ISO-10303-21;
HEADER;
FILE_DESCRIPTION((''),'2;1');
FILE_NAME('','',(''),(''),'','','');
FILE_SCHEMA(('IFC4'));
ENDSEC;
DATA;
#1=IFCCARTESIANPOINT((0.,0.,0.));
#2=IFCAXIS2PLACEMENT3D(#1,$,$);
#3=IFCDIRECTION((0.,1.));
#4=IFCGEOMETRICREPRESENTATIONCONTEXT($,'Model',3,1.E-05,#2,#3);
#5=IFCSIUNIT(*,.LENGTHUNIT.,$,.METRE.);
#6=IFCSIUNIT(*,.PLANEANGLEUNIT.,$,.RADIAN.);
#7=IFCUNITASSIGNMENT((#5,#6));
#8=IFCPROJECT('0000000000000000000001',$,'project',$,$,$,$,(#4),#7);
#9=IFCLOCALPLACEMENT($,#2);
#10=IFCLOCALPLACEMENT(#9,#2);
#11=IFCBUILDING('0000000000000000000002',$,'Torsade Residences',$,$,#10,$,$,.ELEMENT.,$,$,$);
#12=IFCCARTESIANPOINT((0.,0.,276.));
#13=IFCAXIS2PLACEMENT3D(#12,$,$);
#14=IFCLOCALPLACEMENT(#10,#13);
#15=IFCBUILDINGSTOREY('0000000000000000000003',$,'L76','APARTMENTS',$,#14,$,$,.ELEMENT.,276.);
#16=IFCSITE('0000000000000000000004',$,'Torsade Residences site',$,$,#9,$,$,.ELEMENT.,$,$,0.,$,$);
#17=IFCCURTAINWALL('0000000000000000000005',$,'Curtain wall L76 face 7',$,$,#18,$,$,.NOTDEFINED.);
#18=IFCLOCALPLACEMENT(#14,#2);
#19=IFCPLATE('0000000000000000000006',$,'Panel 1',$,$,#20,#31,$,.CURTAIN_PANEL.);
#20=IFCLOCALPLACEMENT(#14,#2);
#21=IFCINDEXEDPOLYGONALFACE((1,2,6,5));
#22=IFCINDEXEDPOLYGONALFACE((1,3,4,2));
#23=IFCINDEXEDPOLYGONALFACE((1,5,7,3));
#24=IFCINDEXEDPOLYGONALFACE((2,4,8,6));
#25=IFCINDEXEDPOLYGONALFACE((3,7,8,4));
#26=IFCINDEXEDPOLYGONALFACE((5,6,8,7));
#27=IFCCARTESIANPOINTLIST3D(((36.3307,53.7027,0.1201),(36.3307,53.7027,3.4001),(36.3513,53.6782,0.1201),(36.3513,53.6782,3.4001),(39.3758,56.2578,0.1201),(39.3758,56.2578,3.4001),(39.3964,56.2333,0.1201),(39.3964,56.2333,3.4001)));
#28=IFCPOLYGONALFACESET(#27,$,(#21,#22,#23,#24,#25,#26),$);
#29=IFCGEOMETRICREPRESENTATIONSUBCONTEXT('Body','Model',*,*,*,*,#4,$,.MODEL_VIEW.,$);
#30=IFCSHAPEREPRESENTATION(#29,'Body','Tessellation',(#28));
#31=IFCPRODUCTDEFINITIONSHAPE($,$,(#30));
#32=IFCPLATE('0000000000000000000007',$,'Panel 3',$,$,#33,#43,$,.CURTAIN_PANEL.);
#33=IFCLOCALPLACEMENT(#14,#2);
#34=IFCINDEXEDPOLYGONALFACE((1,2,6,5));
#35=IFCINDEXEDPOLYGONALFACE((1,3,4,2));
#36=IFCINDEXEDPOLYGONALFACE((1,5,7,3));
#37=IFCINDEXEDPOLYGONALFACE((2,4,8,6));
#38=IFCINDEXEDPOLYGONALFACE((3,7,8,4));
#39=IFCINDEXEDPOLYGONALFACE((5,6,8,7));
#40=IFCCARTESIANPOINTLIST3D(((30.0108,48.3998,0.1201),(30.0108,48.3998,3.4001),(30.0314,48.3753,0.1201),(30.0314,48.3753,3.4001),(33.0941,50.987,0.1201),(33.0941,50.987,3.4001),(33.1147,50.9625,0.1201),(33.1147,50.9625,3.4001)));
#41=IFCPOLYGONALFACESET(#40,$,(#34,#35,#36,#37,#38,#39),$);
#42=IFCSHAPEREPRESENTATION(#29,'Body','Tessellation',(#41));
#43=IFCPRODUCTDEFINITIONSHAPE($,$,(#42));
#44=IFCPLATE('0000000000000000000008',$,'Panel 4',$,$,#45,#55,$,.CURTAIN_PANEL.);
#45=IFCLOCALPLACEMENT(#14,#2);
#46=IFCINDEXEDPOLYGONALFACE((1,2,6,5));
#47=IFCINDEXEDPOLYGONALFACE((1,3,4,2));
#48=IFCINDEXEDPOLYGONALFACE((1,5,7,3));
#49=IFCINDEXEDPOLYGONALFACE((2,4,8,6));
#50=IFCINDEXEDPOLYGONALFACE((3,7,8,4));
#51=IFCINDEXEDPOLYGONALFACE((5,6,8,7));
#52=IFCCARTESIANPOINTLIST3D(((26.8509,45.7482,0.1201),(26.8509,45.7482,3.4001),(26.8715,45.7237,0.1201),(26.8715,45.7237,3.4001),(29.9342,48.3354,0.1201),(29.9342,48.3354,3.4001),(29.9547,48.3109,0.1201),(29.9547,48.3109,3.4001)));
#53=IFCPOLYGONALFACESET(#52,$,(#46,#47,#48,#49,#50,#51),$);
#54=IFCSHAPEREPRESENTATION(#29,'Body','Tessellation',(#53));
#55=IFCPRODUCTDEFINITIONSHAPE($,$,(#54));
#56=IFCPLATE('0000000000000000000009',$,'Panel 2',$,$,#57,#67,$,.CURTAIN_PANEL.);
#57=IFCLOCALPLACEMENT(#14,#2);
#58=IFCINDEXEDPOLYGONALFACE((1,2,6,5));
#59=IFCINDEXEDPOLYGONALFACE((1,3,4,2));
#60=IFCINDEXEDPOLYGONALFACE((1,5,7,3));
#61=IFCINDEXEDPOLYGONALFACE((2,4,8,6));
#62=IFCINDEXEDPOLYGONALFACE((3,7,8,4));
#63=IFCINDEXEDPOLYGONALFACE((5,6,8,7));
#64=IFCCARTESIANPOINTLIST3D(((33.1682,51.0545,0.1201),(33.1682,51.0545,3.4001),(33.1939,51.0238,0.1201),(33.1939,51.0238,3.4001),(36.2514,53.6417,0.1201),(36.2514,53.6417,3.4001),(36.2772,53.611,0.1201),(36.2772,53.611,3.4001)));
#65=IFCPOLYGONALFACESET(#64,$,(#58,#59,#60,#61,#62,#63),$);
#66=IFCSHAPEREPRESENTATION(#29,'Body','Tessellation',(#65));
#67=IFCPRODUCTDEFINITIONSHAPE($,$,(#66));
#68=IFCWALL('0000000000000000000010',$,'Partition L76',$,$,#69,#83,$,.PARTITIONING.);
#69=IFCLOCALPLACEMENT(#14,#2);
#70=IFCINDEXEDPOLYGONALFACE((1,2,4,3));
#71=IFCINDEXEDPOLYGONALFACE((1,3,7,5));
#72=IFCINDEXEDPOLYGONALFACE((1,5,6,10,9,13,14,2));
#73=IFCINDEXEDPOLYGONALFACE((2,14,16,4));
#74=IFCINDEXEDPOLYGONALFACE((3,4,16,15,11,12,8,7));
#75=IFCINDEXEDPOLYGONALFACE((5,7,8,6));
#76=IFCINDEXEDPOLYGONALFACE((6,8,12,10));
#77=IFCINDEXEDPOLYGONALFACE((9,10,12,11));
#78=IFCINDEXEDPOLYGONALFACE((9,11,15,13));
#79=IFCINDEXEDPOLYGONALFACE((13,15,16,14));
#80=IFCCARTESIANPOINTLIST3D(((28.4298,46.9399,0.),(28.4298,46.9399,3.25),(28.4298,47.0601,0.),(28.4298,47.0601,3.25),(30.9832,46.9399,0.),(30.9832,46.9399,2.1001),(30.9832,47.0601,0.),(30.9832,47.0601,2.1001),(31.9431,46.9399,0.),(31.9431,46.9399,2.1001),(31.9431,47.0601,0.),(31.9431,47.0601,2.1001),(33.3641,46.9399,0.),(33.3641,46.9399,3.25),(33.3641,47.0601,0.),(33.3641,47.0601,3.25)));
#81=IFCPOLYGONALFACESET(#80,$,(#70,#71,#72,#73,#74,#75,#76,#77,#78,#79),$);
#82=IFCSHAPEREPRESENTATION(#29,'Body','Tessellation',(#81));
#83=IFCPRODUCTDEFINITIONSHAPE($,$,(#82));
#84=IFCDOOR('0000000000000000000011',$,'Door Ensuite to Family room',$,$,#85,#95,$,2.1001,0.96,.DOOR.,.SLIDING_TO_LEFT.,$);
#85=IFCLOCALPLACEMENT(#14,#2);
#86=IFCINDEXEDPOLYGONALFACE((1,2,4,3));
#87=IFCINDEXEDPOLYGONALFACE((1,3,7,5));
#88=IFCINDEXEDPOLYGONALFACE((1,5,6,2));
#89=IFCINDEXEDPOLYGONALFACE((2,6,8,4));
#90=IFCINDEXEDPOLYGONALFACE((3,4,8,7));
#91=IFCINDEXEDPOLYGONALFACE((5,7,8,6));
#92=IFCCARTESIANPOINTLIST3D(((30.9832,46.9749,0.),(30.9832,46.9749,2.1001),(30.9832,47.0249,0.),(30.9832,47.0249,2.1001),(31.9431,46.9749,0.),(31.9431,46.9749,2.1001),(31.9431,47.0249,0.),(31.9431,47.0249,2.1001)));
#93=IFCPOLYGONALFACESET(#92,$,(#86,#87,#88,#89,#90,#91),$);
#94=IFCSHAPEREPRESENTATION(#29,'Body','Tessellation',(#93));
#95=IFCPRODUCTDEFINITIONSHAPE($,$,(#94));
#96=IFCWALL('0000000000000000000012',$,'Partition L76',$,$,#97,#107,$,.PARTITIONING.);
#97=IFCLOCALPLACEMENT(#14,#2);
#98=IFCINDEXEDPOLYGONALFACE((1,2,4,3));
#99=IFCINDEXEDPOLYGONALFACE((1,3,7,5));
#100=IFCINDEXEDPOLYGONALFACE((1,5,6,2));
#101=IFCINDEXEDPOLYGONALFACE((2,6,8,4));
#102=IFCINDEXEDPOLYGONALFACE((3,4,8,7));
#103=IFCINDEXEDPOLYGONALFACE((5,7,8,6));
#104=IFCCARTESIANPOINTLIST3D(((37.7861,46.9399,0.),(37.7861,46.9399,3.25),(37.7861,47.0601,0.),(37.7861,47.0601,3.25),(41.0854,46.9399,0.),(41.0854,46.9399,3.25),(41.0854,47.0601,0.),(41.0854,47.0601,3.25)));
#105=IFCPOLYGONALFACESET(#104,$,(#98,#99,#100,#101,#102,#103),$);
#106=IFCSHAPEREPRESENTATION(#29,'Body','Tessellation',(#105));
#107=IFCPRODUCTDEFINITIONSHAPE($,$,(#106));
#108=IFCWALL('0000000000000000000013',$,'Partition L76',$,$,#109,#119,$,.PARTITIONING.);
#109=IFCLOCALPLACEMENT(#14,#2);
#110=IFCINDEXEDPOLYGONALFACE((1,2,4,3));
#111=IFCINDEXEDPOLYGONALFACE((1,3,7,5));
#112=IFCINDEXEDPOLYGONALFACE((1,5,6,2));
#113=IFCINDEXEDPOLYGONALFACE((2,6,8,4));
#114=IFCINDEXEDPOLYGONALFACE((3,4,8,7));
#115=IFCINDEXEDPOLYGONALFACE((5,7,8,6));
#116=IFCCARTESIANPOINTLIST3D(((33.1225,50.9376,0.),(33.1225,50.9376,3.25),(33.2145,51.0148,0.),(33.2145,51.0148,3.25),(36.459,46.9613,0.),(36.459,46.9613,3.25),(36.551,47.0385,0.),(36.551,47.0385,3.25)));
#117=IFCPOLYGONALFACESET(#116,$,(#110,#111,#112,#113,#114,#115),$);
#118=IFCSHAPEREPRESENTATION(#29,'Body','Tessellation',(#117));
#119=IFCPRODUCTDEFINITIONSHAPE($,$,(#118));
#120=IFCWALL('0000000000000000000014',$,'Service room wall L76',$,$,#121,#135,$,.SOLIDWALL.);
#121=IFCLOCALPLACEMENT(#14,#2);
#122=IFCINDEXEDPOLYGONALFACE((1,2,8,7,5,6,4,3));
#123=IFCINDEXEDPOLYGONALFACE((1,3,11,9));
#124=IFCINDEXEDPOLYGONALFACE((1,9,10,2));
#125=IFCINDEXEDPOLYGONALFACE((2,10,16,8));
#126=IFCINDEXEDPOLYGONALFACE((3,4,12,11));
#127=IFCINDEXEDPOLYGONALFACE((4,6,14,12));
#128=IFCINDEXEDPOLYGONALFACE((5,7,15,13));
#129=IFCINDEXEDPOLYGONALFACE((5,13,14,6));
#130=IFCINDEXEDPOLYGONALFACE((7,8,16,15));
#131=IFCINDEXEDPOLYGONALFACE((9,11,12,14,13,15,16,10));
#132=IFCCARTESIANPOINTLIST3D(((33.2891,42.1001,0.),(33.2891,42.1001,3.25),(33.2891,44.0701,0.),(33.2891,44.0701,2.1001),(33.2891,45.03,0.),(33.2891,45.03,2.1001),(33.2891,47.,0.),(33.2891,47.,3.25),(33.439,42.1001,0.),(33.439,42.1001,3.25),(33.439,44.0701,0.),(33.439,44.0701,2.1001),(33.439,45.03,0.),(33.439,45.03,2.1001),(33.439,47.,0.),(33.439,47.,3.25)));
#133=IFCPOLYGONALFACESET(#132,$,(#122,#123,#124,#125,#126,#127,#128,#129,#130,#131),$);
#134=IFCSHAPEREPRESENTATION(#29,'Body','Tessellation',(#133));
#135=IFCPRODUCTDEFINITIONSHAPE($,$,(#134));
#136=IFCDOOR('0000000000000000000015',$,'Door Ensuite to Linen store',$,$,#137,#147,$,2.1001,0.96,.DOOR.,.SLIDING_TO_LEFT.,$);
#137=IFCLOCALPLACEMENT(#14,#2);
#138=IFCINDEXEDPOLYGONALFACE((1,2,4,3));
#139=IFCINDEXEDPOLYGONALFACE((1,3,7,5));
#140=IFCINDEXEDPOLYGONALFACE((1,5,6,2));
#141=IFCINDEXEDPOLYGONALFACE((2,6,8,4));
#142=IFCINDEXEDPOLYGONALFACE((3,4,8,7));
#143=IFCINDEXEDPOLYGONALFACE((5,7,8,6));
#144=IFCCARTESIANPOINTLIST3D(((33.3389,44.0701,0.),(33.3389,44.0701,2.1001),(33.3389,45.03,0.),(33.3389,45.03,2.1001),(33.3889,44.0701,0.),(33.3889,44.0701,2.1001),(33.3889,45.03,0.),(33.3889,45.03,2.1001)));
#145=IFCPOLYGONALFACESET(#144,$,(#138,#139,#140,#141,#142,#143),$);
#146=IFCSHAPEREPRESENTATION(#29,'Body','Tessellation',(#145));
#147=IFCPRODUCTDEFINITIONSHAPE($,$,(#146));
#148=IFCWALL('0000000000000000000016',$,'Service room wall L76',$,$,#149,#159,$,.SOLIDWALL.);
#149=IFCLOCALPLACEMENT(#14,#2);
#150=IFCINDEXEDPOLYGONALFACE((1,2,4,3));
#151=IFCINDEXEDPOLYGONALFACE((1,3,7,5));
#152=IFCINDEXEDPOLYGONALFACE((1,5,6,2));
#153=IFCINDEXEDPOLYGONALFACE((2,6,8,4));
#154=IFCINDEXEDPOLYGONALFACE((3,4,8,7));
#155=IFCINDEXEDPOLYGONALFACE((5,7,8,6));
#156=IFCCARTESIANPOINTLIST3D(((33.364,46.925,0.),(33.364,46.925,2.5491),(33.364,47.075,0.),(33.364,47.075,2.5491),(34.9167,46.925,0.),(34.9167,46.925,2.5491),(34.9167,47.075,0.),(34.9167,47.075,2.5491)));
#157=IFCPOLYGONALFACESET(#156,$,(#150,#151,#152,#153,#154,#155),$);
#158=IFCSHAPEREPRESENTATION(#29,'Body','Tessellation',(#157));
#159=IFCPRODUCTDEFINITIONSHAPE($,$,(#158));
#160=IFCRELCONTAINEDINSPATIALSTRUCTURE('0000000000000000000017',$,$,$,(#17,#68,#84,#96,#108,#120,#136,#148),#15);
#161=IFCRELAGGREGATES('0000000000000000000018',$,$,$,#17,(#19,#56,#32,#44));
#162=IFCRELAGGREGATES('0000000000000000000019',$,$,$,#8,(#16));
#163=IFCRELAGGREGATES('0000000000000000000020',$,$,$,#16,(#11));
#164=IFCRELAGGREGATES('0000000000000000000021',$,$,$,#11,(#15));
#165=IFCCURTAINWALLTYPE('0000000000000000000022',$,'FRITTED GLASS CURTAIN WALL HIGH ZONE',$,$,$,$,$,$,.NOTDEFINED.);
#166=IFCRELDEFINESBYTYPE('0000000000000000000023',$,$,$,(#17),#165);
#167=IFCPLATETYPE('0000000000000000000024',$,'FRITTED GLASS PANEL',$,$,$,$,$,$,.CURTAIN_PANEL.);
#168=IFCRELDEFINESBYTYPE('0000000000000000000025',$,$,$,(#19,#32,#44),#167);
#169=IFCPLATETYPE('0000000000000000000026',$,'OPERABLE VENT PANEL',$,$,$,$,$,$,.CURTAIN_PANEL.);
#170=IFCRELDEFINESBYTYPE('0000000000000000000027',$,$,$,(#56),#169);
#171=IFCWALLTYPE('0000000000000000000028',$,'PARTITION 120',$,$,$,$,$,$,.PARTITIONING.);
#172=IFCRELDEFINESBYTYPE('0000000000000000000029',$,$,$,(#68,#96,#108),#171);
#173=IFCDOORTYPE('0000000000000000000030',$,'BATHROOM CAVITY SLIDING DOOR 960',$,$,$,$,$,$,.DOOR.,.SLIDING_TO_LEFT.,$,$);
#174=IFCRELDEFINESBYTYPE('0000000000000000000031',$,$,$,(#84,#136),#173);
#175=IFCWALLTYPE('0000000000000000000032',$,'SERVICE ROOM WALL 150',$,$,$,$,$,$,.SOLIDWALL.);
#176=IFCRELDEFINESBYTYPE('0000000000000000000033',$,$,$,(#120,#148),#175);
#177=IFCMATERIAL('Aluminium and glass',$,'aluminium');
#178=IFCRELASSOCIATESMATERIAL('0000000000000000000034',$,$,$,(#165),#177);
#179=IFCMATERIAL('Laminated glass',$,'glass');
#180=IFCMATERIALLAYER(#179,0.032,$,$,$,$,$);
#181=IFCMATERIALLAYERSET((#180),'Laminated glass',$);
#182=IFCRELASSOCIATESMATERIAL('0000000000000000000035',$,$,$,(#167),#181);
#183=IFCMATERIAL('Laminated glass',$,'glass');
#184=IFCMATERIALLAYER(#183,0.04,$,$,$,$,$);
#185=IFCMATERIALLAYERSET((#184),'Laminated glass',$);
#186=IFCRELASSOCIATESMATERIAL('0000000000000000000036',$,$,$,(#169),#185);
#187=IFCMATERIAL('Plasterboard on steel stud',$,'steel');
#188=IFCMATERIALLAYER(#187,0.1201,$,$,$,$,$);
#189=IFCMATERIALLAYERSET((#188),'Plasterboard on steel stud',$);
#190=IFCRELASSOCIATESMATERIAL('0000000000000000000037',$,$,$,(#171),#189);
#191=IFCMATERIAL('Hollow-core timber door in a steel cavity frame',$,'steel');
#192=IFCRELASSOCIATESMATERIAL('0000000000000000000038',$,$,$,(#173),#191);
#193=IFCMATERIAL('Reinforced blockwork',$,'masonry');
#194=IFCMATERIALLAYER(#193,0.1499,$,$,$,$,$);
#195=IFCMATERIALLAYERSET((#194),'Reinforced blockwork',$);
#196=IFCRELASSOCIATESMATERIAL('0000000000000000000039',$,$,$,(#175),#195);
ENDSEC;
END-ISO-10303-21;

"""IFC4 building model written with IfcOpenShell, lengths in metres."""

from ifc_helpers import new_model, si_unit, direction, frame, frame_2d, origin, origin_2d, place, context, subcontext, project, spatial, rectangle, extrude, material, layer, layer_set, type_object, element, fill, aggregate, save


model = new_model("IFC4")

# Units and contexts
model_context = context("Model", 3, precision=1e-05, world=origin(), true_north=direction((0.0, 1.0)))
body_context = subcontext(model_context, "Body", "Model", "MODEL_VIEW")
ifc_project = project(units=[si_unit("LENGTHUNIT", "METRE"), si_unit("PLANEANGLEUNIT", "RADIAN")], contexts=[model_context])

# Site, building, storey
site_placement = place(None, origin())
site = spatial("IfcSite", under=ifc_project, at=site_placement, Name="Torsade Residences site", CompositionType="ELEMENT", RefElevation=0.0)
building_placement = place(site_placement, origin())
building = spatial("IfcBuilding", under=site, at=building_placement, Name="Torsade Residences", CompositionType="ELEMENT")
storey_placement = place(building_placement, frame((0.0, 0.0, 276.0)))
storey = spatial("IfcBuildingStorey", under=building, at=storey_placement, Name="L76", Description="APARTMENTS", CompositionType="ELEMENT", Elevation=276.0)

# Curtain wall
ifc_material_1 = material(Name="Aluminium and glass", Category="aluminium")
curtain_wall_type = type_object("IfcCurtainWallType", Name="FRITTED GLASS CURTAIN WALL HIGH ZONE", PredefinedType="NOTDEFINED", material=ifc_material_1)
curtain_wall_placement = place(storey_placement, origin())
curtain_wall = element("IfcCurtainWall", 1, at=curtain_wall_placement, inside=storey, type_object=curtain_wall_type, Name="Curtain wall L76 face 7", PredefinedType="NOTDEFINED")

# Plates
ifc_material_2 = material(Name="Laminated glass", Category="glass")
ifc_layer_1 = layer(ifc_material_2, 0.032)
ifc_layer_set_1 = layer_set([ifc_layer_1], Name="Laminated glass")
plate_type_1 = type_object("IfcPlateType", Name="FRITTED GLASS PANEL", PredefinedType="CURTAIN_PANEL", material=ifc_layer_set_1)
plate_1_placement = place(storey_placement, frame((37.8635, 54.968, 0.1201), z_axis=(0.0, 0.0, 1.0), x_axis=(-0.766044, -0.642788, 0.0)))
plate_1 = element("IfcPlate", 2, at=plate_1_placement, type_object=plate_type_1, Name="Panel 1", PredefinedType="CURTAIN_PANEL", context=body_context, shape_type="SweptSolid", body=[
    extrude(rectangle(XDim=3.9751, YDim=0.032, at=origin_2d()), origin(), (0.0, 0.0, 1.0), 3.28),
])
plate_2_placement = place(storey_placement, frame((31.5627, 49.6812, 0.1201), z_axis=(0.0, 0.0, 1.0), x_axis=(-0.766044, -0.642788, 0.0)))
plate_2 = element("IfcPlate", 3, at=plate_2_placement, type_object=plate_type_1, Name="Panel 3", PredefinedType="CURTAIN_PANEL", context=body_context, shape_type="SweptSolid", body=[
    extrude(rectangle(XDim=4.0249, YDim=0.032, at=origin_2d()), origin(), (0.0, 0.0, 1.0), 3.28),
])
plate_3_placement = place(storey_placement, frame((28.4028, 47.0295, 0.1201), z_axis=(0.0, 0.0, 1.0), x_axis=(-0.766044, -0.642788, 0.0)))
plate_3 = element("IfcPlate", 4, at=plate_3_placement, type_object=plate_type_1, Name="Panel 4", PredefinedType="CURTAIN_PANEL", context=body_context, shape_type="SweptSolid", body=[
    extrude(rectangle(XDim=4.0249, YDim=0.032, at=origin_2d()), origin(), (0.0, 0.0, 1.0), 3.28),
])
ifc_material_3 = material(Name="Laminated glass", Category="glass")
ifc_layer_2 = layer(ifc_material_3, 0.04)
ifc_layer_set_2 = layer_set([ifc_layer_2], Name="Laminated glass")
plate_type_2 = type_object("IfcPlateType", Name="OPERABLE VENT PANEL", PredefinedType="CURTAIN_PANEL", material=ifc_layer_set_2)
plate_4_placement = place(storey_placement, frame((34.7227, 52.3328, 0.1201), z_axis=(0.0, 0.0, 1.0), x_axis=(-0.766044, -0.642788, 0.0)))
plate_4 = element("IfcPlate", 5, at=plate_4_placement, type_object=plate_type_2, Name="Panel 2", PredefinedType="CURTAIN_PANEL", context=body_context, shape_type="SweptSolid", body=[
    extrude(rectangle(XDim=4.0249, YDim=0.04, at=origin_2d()), origin(), (0.0, 0.0, 1.0), 3.28),
])
aggregate(curtain_wall, [plate_1, plate_4, plate_2, plate_3])

# Wall, opening, door
ifc_material_4 = material(Name="Plasterboard on steel stud", Category="steel")
ifc_layer_3 = layer(ifc_material_4, 0.1201)
ifc_layer_set_3 = layer_set([ifc_layer_3], Name="Plasterboard on steel stud")
wall_type_1 = type_object("IfcWallType", Name="PARTITION 120", PredefinedType="PARTITIONING", material=ifc_layer_set_3)
wall_1_placement = place(storey_placement, frame((28.4297, 47.0, 0.0), z_axis=(0.0, 0.0, 1.0), x_axis=(1.0, 0.0, 0.0)))
wall_1 = element("IfcWall", 6, at=wall_1_placement, inside=storey, type_object=wall_type_1, Name="Partition L76", PredefinedType="PARTITIONING", context=body_context, shape_type="SweptSolid", body=[
    extrude(rectangle(XDim=4.9343, YDim=0.1201, at=frame_2d((2.4673, 0.0))), origin(), (0.0, 0.0, 1.0), 3.25),
])
opening_1_placement = place(wall_1_placement, frame((2.5535, 0.0, 0.0)))
opening_1 = element("IfcOpeningElement", 7, at=opening_1_placement, cuts=wall_1, PredefinedType="OPENING", context=body_context, shape_type="SweptSolid", body=[
    extrude(rectangle(XDim=0.96, YDim=2.1001, at=frame_2d((0.48, 1.05))), frame((0.0, 0.0701, 0.0), z_axis=(0.0, -1.0, 0.0), x_axis=(1.0, 0.0, 0.0)), (0.0, 0.0, 1.0), 0.1401),
])
ifc_material_5 = material(Name="Hollow-core timber door in a steel cavity frame", Category="steel")
door_type_1 = type_object("IfcDoorType", Name="BATHROOM CAVITY SLIDING DOOR 960", OperationType="SLIDING_TO_LEFT", PredefinedType="DOOR", material=ifc_material_5)
door_1_placement = place(opening_1_placement, origin())
door_1 = element("IfcDoor", 8, at=door_1_placement, inside=storey, type_object=door_type_1, Name="Door Ensuite to Family room", OperationType="SLIDING_TO_LEFT", OverallHeight=2.1001, OverallWidth=0.96, PredefinedType="DOOR", context=body_context, shape_type="SweptSolid", body=[
    extrude(rectangle(XDim=0.96, YDim=2.1001, at=frame_2d((0.48, 1.05))), frame((0.0, 0.0249, 0.0), z_axis=(0.0, -1.0, 0.0), x_axis=(1.0, 0.0, 0.0)), (0.0, 0.0, 1.0), 0.05),
])
fill(opening_1, door_1)

# Walls
wall_2_placement = place(storey_placement, frame((37.7861, 47.0, 0.0), z_axis=(0.0, 0.0, 1.0), x_axis=(1.0, 0.0, 0.0)))
element("IfcWall", 9, at=wall_2_placement, inside=storey, type_object=wall_type_1, Name="Partition L76", PredefinedType="PARTITIONING", context=body_context, shape_type="SweptSolid", body=[
    extrude(rectangle(XDim=3.2993, YDim=0.1201, at=frame_2d((1.6497, 0.0))), origin(), (0.0, 0.0, 1.0), 3.25),
])
wall_3_placement = place(storey_placement, frame((36.5049, 47.0, 0.0), z_axis=(0.0, 0.0, 1.0), x_axis=(-0.642776, 0.766054, 0.0)))
element("IfcWall", 10, at=wall_3_placement, inside=storey, type_object=wall_type_1, Name="Partition L76", PredefinedType="PARTITIONING", context=body_context, shape_type="SweptSolid", body=[
    extrude(rectangle(XDim=5.1907, YDim=0.1201, at=frame_2d((2.5952, 0.0))), origin(), (0.0, 0.0, 1.0), 3.25),
])

# Wall, opening, door
ifc_material_6 = material(Name="Reinforced blockwork", Category="masonry")
ifc_layer_4 = layer(ifc_material_6, 0.1499)
ifc_layer_set_4 = layer_set([ifc_layer_4], Name="Reinforced blockwork")
wall_type_2 = type_object("IfcWallType", Name="SERVICE ROOM WALL 150", PredefinedType="SOLIDWALL", material=ifc_layer_set_4)
wall_4_placement = place(storey_placement, frame((33.364, 47.0, 0.0), z_axis=(0.0, 0.0, 1.0), x_axis=(0.0, -1.0, 0.0)))
wall_4 = element("IfcWall", 11, at=wall_4_placement, inside=storey, type_object=wall_type_2, Name="Service room wall L76", PredefinedType="SOLIDWALL", context=body_context, shape_type="SweptSolid", body=[
    extrude(rectangle(XDim=4.8999, YDim=0.1499, at=frame_2d((2.45, 0.0))), origin(), (0.0, 0.0, 1.0), 3.25),
])
opening_2_placement = place(wall_4_placement, frame((1.97, 0.0, 0.0)))
opening_2 = element("IfcOpeningElement", 12, at=opening_2_placement, cuts=wall_4, PredefinedType="OPENING", context=body_context, shape_type="SweptSolid", body=[
    extrude(rectangle(XDim=0.96, YDim=2.1001, at=frame_2d((0.48, 1.05))), frame((0.0, 0.085, 0.0), z_axis=(0.0, -1.0, 0.0), x_axis=(1.0, 0.0, 0.0)), (0.0, 0.0, 1.0), 0.1699),
])
door_2_placement = place(opening_2_placement, origin())
door_2 = element("IfcDoor", 13, at=door_2_placement, inside=storey, type_object=door_type_1, Name="Door Ensuite to Linen store", OperationType="SLIDING_TO_LEFT", OverallHeight=2.1001, OverallWidth=0.96, PredefinedType="DOOR", context=body_context, shape_type="SweptSolid", body=[
    extrude(rectangle(XDim=0.96, YDim=2.1001, at=frame_2d((0.48, 1.05))), frame((0.0, 0.0249, 0.0), z_axis=(0.0, -1.0, 0.0), x_axis=(1.0, 0.0, 0.0)), (0.0, 0.0, 1.0), 0.05),
])
fill(opening_2, door_2)

# Wall
wall_5_placement = place(storey_placement, frame((33.364, 47.0, 0.0), z_axis=(0.0, 0.0, 1.0), x_axis=(1.0, 0.0, 0.0)))
element("IfcWall", 14, at=wall_5_placement, inside=storey, type_object=wall_type_2, Name="Service room wall L76", PredefinedType="SOLIDWALL", context=body_context, shape_type="SweptSolid", body=[
    extrude(rectangle(XDim=1.5527, YDim=0.1499, at=frame_2d((0.7764, 0.0))), origin(), (0.0, 0.0, 1.0), 2.5491),
])

save(model, "model.ifc")
